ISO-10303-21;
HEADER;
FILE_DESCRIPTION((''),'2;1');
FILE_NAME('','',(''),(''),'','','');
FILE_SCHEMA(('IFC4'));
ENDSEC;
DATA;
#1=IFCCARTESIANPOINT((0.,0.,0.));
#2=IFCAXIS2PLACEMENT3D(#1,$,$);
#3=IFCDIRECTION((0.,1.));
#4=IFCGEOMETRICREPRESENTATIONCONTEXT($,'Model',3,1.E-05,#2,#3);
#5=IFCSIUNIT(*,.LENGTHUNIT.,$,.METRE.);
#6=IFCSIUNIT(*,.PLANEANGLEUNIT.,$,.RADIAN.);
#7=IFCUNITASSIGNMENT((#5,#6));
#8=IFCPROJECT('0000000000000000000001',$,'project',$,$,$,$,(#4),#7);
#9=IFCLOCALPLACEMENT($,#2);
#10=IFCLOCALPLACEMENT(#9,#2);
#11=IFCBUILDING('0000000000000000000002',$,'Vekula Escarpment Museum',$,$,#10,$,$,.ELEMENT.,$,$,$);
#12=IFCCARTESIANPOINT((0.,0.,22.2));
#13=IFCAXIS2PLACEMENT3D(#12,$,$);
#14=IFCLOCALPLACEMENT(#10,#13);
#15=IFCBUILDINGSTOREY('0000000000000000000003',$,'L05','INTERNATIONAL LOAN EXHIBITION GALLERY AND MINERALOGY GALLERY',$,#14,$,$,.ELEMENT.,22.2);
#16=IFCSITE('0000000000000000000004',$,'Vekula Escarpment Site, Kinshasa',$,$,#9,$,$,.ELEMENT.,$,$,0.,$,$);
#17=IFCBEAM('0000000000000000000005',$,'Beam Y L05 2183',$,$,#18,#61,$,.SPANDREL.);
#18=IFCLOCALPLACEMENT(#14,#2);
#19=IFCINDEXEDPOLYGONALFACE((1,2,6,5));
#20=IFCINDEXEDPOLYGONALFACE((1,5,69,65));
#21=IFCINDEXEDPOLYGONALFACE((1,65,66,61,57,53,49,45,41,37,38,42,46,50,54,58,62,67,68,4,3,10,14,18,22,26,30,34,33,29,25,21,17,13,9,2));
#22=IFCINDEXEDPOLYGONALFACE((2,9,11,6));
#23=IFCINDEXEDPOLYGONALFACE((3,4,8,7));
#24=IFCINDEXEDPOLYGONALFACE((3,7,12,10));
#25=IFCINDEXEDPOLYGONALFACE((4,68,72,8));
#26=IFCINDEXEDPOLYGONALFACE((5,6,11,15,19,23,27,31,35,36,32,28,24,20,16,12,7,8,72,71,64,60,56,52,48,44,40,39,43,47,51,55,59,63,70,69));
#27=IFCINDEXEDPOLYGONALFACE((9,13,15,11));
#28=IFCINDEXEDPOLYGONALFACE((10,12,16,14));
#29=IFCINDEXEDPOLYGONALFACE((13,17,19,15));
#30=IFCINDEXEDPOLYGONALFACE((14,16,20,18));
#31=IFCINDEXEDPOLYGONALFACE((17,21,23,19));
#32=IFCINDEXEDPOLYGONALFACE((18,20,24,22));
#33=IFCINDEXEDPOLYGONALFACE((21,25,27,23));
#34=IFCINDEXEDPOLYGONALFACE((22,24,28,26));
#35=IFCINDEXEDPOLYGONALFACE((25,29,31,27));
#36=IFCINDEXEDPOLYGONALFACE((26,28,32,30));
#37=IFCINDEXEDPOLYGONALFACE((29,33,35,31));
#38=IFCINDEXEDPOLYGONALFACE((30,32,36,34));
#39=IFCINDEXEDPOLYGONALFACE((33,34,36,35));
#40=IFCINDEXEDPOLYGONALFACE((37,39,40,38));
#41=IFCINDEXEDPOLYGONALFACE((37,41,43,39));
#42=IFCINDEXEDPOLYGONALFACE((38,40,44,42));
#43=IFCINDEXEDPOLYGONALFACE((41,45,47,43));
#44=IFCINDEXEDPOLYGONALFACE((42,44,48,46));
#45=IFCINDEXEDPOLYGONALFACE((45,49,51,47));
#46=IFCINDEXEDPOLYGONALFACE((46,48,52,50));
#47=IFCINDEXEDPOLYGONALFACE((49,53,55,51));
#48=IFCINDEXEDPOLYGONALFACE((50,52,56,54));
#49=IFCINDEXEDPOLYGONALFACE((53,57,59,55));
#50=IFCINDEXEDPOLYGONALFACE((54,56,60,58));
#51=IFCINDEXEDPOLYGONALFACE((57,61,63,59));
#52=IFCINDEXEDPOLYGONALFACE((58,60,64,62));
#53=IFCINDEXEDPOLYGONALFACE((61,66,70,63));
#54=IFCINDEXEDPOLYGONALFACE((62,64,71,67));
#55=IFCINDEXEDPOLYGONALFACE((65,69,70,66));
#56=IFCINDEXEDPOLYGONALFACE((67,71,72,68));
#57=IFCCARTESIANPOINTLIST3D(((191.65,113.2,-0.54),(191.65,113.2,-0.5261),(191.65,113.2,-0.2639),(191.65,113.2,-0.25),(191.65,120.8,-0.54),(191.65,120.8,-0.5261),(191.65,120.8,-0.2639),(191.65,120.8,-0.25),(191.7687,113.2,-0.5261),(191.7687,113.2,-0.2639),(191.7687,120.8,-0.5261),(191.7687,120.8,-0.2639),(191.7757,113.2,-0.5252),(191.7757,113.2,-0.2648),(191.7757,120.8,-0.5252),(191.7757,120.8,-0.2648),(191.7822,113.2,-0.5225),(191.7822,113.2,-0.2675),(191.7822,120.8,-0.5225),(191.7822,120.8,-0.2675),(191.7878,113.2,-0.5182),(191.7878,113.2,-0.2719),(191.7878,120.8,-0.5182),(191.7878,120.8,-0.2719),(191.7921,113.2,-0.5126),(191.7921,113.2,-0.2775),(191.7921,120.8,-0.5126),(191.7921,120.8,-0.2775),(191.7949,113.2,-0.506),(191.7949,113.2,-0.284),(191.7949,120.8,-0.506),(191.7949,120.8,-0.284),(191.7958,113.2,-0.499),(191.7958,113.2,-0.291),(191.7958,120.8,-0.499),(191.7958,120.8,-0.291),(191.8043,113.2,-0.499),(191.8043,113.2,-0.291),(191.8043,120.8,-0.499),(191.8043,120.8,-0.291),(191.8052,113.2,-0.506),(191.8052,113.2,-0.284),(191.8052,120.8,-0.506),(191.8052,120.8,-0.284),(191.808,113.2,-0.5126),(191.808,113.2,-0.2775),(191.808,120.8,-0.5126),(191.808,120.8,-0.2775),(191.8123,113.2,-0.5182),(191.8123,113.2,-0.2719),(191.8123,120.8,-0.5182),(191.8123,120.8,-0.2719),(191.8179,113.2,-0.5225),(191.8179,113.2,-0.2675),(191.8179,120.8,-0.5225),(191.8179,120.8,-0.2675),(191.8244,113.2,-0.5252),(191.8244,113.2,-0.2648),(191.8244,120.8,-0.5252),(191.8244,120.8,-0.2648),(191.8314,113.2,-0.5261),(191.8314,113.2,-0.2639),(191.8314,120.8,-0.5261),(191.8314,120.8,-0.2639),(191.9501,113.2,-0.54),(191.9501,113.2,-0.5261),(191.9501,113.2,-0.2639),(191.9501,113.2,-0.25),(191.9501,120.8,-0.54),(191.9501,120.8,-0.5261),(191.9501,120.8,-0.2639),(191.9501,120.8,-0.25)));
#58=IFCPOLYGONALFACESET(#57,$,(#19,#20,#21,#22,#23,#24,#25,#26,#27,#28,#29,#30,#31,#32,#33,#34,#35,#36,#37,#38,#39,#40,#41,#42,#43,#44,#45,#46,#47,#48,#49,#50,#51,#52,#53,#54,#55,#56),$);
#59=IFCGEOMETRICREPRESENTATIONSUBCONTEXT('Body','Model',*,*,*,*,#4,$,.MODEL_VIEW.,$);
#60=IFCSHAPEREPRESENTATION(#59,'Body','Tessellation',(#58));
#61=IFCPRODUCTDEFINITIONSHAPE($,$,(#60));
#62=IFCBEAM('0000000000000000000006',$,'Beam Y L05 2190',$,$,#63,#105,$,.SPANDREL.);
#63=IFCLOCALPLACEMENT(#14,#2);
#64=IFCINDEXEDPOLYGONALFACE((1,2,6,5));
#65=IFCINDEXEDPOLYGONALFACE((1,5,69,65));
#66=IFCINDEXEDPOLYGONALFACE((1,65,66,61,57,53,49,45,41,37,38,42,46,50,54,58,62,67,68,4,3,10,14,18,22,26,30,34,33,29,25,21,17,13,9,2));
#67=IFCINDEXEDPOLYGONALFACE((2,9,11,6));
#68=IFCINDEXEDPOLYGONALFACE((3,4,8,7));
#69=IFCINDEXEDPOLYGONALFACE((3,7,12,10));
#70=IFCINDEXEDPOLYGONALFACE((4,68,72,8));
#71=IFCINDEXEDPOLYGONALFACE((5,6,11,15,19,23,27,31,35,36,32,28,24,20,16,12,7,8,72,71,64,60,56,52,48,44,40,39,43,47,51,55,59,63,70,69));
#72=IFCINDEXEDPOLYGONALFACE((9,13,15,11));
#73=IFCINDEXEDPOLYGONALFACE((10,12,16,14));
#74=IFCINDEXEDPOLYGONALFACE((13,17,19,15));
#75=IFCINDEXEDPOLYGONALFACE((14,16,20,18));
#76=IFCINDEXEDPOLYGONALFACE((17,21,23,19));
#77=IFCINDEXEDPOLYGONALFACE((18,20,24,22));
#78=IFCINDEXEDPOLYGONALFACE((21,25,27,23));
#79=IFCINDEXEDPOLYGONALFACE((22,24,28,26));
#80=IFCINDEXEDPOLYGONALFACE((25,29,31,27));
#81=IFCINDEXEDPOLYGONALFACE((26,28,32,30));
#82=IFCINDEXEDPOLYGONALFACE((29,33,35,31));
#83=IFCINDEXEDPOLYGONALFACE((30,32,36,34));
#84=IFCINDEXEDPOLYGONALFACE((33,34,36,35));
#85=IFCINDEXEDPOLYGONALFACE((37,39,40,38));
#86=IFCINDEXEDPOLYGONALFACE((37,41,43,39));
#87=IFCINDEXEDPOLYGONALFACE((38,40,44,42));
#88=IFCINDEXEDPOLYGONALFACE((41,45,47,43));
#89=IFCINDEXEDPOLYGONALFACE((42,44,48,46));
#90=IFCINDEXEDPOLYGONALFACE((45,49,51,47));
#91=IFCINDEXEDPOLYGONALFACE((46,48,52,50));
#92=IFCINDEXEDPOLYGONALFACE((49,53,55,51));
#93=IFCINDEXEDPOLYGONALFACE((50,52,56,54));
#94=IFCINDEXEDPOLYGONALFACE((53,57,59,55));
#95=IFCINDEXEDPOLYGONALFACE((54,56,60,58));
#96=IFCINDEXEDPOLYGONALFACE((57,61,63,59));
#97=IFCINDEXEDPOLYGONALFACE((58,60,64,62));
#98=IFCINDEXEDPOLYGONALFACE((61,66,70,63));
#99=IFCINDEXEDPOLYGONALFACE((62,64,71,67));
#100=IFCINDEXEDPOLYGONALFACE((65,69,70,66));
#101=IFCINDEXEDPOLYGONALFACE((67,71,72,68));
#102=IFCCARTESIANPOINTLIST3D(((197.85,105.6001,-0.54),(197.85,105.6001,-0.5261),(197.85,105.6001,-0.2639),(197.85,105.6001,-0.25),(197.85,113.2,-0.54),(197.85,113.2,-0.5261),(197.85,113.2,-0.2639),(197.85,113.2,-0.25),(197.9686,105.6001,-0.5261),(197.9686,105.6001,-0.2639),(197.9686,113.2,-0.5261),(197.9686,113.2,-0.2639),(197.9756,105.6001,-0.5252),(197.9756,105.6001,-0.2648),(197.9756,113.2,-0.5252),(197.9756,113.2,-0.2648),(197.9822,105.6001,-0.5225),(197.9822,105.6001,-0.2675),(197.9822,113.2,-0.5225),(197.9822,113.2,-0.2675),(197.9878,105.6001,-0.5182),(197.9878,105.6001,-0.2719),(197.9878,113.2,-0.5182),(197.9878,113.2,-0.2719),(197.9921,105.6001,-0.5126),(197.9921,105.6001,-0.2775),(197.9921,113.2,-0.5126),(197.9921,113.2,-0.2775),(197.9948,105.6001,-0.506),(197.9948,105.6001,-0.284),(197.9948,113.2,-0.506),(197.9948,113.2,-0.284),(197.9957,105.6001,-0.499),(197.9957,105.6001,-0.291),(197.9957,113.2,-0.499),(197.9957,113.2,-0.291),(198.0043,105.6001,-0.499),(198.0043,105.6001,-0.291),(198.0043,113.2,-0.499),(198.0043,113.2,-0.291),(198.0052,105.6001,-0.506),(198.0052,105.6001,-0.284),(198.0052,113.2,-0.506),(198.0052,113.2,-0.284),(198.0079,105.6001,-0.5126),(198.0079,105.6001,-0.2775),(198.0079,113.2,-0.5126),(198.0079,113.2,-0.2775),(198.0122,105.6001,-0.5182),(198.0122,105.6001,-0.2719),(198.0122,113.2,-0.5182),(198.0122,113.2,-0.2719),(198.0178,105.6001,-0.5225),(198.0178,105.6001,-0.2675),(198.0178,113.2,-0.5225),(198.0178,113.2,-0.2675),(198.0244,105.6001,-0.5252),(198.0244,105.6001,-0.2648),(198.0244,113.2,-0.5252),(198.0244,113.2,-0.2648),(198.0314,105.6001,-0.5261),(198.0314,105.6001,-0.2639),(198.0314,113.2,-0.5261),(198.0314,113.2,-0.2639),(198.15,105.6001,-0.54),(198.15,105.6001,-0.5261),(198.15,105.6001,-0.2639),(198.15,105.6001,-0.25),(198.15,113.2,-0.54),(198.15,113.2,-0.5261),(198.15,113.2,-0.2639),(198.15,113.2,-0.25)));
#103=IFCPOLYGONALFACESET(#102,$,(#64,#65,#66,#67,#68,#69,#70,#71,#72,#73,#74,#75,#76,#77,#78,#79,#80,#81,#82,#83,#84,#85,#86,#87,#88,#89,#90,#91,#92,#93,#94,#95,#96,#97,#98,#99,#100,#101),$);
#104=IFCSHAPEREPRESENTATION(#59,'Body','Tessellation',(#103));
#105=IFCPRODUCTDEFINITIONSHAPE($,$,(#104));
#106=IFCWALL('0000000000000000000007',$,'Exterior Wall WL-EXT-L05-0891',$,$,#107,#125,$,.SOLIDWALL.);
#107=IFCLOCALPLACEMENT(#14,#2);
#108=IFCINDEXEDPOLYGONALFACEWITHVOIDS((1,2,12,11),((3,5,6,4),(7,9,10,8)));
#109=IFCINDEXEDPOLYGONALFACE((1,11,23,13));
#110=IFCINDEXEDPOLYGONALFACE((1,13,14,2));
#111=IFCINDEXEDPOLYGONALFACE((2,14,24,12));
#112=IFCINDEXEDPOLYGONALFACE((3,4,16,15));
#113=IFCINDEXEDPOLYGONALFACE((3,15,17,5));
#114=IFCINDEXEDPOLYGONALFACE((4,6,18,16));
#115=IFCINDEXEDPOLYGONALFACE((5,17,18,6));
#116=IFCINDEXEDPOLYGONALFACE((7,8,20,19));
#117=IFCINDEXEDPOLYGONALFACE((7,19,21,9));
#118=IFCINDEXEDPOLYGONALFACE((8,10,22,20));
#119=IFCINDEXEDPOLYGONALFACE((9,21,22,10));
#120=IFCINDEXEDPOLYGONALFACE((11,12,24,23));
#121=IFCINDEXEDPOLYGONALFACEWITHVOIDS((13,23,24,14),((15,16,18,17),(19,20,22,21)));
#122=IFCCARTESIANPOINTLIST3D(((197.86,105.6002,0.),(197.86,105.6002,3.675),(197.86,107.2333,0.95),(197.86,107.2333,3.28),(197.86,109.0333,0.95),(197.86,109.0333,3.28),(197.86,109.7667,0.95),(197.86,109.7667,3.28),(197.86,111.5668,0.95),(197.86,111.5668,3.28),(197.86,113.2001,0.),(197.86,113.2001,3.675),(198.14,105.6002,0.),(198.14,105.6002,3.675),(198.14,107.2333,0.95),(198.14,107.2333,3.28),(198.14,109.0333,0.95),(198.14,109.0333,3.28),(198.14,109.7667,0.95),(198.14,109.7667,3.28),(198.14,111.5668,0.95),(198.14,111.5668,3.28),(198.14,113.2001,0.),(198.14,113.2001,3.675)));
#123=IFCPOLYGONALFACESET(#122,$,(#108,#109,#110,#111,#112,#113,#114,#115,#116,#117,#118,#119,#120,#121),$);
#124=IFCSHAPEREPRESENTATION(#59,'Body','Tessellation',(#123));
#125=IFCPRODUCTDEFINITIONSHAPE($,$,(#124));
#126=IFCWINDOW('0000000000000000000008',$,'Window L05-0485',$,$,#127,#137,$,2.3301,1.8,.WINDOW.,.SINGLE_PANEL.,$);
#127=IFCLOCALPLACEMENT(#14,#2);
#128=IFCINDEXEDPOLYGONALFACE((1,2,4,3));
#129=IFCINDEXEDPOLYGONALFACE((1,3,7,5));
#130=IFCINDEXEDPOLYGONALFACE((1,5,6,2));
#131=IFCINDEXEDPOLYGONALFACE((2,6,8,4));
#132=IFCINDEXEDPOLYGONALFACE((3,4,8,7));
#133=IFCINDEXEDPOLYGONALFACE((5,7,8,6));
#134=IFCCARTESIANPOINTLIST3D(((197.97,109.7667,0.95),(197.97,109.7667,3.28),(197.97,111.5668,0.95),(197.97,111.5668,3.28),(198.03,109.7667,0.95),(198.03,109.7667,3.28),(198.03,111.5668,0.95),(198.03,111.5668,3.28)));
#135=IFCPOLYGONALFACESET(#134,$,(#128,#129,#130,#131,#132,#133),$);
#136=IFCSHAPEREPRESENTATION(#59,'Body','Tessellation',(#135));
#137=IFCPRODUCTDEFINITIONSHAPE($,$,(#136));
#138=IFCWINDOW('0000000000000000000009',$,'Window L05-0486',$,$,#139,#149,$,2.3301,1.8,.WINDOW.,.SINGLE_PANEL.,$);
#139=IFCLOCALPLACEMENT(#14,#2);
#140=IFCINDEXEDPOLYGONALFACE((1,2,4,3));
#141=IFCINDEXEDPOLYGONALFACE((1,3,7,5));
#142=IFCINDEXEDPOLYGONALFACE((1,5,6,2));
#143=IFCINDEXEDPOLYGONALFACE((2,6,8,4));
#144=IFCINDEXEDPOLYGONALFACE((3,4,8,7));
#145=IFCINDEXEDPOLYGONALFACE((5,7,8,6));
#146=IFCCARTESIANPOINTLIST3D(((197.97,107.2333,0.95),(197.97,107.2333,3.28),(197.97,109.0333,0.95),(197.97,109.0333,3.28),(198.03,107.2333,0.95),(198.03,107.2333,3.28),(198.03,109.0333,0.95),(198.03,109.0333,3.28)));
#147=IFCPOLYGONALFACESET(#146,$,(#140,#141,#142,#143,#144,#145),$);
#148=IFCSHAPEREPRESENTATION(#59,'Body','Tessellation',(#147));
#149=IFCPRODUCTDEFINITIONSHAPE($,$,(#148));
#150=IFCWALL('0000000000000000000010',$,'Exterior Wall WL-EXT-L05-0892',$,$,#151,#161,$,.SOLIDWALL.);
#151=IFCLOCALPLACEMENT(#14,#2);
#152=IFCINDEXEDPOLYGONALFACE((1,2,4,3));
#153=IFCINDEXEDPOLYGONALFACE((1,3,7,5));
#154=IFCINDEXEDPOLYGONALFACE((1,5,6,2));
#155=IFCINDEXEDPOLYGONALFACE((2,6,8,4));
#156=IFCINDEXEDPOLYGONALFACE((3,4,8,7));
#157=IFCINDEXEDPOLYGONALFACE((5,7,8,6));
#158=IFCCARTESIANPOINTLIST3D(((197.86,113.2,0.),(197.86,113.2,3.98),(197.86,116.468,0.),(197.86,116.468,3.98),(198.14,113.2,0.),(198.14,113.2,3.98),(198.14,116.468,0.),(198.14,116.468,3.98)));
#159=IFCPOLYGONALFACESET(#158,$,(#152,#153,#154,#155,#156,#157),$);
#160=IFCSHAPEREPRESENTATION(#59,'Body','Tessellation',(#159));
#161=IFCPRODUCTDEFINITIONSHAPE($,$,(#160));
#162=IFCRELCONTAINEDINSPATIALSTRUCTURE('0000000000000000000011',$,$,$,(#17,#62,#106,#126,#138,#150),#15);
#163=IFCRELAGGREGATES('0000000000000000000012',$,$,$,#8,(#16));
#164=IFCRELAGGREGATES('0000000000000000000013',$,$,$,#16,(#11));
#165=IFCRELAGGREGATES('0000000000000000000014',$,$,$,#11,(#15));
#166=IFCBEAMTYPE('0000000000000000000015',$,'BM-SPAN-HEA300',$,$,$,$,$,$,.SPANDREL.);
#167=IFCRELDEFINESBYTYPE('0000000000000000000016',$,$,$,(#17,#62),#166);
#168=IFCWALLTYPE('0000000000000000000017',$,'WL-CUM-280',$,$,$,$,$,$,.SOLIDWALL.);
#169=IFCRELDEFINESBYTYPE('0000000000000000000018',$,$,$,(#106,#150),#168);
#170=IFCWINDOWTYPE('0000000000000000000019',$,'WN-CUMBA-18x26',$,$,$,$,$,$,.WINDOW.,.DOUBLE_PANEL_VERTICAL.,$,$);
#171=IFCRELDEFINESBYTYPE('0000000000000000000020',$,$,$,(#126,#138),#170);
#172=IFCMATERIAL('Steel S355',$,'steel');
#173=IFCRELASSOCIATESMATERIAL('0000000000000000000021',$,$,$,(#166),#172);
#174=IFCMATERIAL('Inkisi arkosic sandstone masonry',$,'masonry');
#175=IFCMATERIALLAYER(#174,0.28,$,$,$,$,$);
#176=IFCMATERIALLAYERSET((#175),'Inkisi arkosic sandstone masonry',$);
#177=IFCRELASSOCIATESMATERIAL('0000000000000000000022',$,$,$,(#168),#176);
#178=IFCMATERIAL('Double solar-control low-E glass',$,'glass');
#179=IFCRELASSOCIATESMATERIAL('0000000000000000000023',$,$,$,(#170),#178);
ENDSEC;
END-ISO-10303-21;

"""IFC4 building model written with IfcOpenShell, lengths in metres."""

from ifc_helpers import new_model, si_unit, direction, frame, frame_2d, origin, origin_2d, place, context, subcontext, project, spatial, rectangle, i_section, extrude, material, layer, layer_set, material_profile, profile_set, type_object, element, fill, save


model = new_model("IFC4")

# Units and contexts
model_context = context("Model", 3, precision=1e-05, world=origin(), true_north=direction((0.0, 1.0)))
body_context = subcontext(model_context, "Body", "Model", "MODEL_VIEW")
ifc_project = project(units=[si_unit("LENGTHUNIT", "METRE"), si_unit("PLANEANGLEUNIT", "RADIAN")], contexts=[model_context])

# Site, building, storey
site_placement = place(None, origin())
site = spatial("IfcSite", under=ifc_project, at=site_placement, Name="Vekula Escarpment Site, Kinshasa", CompositionType="ELEMENT", RefElevation=0.0)
building_placement = place(site_placement, origin())
building = spatial("IfcBuilding", under=site, at=building_placement, Name="Vekula Escarpment Museum", CompositionType="ELEMENT")
storey_placement = place(building_placement, frame((0.0, 0.0, 22.2)))
storey = spatial("IfcBuildingStorey", under=building, at=storey_placement, Name="L05", Description="INTERNATIONAL LOAN EXHIBITION GALLERY AND MINERALOGY GALLERY", CompositionType="ELEMENT", Elevation=22.2)

# Beams
ifc_material_1 = material(Name="Steel S355", Category="steel")
ifc_material_profile_1 = material_profile(ifc_material_1, i_section(OverallWidth=0.3, OverallDepth=0.29, WebThickness=0.0085, FlangeThickness=0.0139, FilletRadius=0.0271, at=origin_2d()), Name="HEA 300")
ifc_profile_set_1 = profile_set([ifc_material_profile_1], Name="Steel S355")
beam_type_1 = type_object("IfcBeamType", Name="BM-SPAN-HEA300", PredefinedType="SPANDREL", material=ifc_profile_set_1)
beam_1_placement = place(storey_placement, frame((191.8, 113.2, -0.395), z_axis=(0.0, 1.0, 0.0), x_axis=(-1.0, 0.0, 0.0)))
element("IfcBeam", 1, at=beam_1_placement, inside=storey, type_object=beam_type_1, Name="Beam Y L05 2183", PredefinedType="SPANDREL", context=body_context, shape_type="SweptSolid", body=[
    extrude(i_section(OverallWidth=0.3, OverallDepth=0.29, WebThickness=0.0085, FlangeThickness=0.0139, FilletRadius=0.0271, at=origin_2d()), origin(), (0.0, 0.0, 1.0), 7.6001),
])
beam_2_placement = place(storey_placement, frame((198.0, 105.6001, -0.395), z_axis=(0.0, 1.0, 0.0), x_axis=(-1.0, 0.0, 0.0)))
element("IfcBeam", 2, at=beam_2_placement, inside=storey, type_object=beam_type_1, Name="Beam Y L05 2190", PredefinedType="SPANDREL", context=body_context, shape_type="SweptSolid", body=[
    extrude(i_section(OverallWidth=0.3, OverallDepth=0.29, WebThickness=0.0085, FlangeThickness=0.0139, FilletRadius=0.0271, at=origin_2d()), origin(), (0.0, 0.0, 1.0), 7.5999),
])

# Wall, openings, windows
ifc_material_2 = material(Name="Inkisi arkosic sandstone masonry", Category="masonry")
ifc_layer_1 = layer(ifc_material_2, 0.28)
ifc_layer_set_1 = layer_set([ifc_layer_1], Name="Inkisi arkosic sandstone masonry")
wall_type = type_object("IfcWallType", Name="WL-CUM-280", PredefinedType="SOLIDWALL", material=ifc_layer_set_1)
wall_1_placement = place(storey_placement, frame((198.0, 113.2, 0.0), z_axis=(0.0, 0.0, 1.0), x_axis=(0.0, -1.0, 0.0)))
wall_1 = element("IfcWall", 3, at=wall_1_placement, inside=storey, type_object=wall_type, Name="Exterior Wall WL-EXT-L05-0891", PredefinedType="SOLIDWALL", context=body_context, shape_type="SweptSolid", body=[
    extrude(rectangle(XDim=7.5999, YDim=0.28, at=frame_2d((3.7998, 0.0))), origin(), (0.0, 0.0, 1.0), 3.675),
])
opening_1_placement = place(wall_1_placement, frame((1.6333, 0.0, 0.95)))
opening_1 = element("IfcOpeningElement", 4, at=opening_1_placement, cuts=wall_1, PredefinedType="OPENING", context=body_context, shape_type="SweptSolid", body=[
    extrude(rectangle(XDim=1.8, YDim=2.3301, at=frame_2d((0.8999, 1.165))), frame((0.0, 0.1499, 0.0), z_axis=(0.0, -1.0, 0.0), x_axis=(1.0, 0.0, 0.0)), (0.0, 0.0, 1.0), 0.3),
])
opening_2_placement = place(wall_1_placement, frame((4.1667, 0.0, 0.95)))
opening_2 = element("IfcOpeningElement", 5, at=opening_2_placement, cuts=wall_1, PredefinedType="OPENING", context=body_context, shape_type="SweptSolid", body=[
    extrude(rectangle(XDim=1.8, YDim=2.3301, at=frame_2d((0.8999, 1.165))), frame((0.0, 0.1499, 0.0), z_axis=(0.0, -1.0, 0.0), x_axis=(1.0, 0.0, 0.0)), (0.0, 0.0, 1.0), 0.3),
])
ifc_material_3 = material(Name="Double solar-control low-E glass", Category="glass")
window_type_1 = type_object("IfcWindowType", Name="WN-CUMBA-18x26", PartitioningType="DOUBLE_PANEL_VERTICAL", PredefinedType="WINDOW", material=ifc_material_3)
window_1_placement = place(opening_1_placement, origin())
window_1 = element("IfcWindow", 6, at=window_1_placement, inside=storey, type_object=window_type_1, Name="Window L05-0485", OverallHeight=2.3301, OverallWidth=1.8, PartitioningType="SINGLE_PANEL", PredefinedType="WINDOW", context=body_context, shape_type="SweptSolid", body=[
    extrude(rectangle(XDim=1.8, YDim=2.3301, at=frame_2d((0.8999, 1.165))), frame((0.0, 0.03, 0.0), z_axis=(0.0, -1.0, 0.0), x_axis=(1.0, 0.0, 0.0)), (0.0, 0.0, 1.0), 0.0601),
])
fill(opening_1, window_1)
window_2_placement = place(opening_2_placement, origin())
window_2 = element("IfcWindow", 7, at=window_2_placement, inside=storey, type_object=window_type_1, Name="Window L05-0486", OverallHeight=2.3301, OverallWidth=1.8, PartitioningType="SINGLE_PANEL", PredefinedType="WINDOW", context=body_context, shape_type="SweptSolid", body=[
    extrude(rectangle(XDim=1.8, YDim=2.3301, at=frame_2d((0.8999, 1.165))), frame((0.0, 0.03, 0.0), z_axis=(0.0, -1.0, 0.0), x_axis=(1.0, 0.0, 0.0)), (0.0, 0.0, 1.0), 0.0601),
])
fill(opening_2, window_2)

# Wall
wall_2_placement = place(storey_placement, frame((198.0, 116.468, 0.0), z_axis=(0.0, 0.0, 1.0), x_axis=(0.0, -1.0, 0.0)))
element("IfcWall", 8, at=wall_2_placement, inside=storey, type_object=wall_type, Name="Exterior Wall WL-EXT-L05-0892", PredefinedType="SOLIDWALL", context=body_context, shape_type="SweptSolid", body=[
    extrude(rectangle(XDim=3.2681, YDim=0.28, at=frame_2d((1.634, 0.0))), origin(), (0.0, 0.0, 1.0), 3.98),
])

save(model, "model.ifc")
